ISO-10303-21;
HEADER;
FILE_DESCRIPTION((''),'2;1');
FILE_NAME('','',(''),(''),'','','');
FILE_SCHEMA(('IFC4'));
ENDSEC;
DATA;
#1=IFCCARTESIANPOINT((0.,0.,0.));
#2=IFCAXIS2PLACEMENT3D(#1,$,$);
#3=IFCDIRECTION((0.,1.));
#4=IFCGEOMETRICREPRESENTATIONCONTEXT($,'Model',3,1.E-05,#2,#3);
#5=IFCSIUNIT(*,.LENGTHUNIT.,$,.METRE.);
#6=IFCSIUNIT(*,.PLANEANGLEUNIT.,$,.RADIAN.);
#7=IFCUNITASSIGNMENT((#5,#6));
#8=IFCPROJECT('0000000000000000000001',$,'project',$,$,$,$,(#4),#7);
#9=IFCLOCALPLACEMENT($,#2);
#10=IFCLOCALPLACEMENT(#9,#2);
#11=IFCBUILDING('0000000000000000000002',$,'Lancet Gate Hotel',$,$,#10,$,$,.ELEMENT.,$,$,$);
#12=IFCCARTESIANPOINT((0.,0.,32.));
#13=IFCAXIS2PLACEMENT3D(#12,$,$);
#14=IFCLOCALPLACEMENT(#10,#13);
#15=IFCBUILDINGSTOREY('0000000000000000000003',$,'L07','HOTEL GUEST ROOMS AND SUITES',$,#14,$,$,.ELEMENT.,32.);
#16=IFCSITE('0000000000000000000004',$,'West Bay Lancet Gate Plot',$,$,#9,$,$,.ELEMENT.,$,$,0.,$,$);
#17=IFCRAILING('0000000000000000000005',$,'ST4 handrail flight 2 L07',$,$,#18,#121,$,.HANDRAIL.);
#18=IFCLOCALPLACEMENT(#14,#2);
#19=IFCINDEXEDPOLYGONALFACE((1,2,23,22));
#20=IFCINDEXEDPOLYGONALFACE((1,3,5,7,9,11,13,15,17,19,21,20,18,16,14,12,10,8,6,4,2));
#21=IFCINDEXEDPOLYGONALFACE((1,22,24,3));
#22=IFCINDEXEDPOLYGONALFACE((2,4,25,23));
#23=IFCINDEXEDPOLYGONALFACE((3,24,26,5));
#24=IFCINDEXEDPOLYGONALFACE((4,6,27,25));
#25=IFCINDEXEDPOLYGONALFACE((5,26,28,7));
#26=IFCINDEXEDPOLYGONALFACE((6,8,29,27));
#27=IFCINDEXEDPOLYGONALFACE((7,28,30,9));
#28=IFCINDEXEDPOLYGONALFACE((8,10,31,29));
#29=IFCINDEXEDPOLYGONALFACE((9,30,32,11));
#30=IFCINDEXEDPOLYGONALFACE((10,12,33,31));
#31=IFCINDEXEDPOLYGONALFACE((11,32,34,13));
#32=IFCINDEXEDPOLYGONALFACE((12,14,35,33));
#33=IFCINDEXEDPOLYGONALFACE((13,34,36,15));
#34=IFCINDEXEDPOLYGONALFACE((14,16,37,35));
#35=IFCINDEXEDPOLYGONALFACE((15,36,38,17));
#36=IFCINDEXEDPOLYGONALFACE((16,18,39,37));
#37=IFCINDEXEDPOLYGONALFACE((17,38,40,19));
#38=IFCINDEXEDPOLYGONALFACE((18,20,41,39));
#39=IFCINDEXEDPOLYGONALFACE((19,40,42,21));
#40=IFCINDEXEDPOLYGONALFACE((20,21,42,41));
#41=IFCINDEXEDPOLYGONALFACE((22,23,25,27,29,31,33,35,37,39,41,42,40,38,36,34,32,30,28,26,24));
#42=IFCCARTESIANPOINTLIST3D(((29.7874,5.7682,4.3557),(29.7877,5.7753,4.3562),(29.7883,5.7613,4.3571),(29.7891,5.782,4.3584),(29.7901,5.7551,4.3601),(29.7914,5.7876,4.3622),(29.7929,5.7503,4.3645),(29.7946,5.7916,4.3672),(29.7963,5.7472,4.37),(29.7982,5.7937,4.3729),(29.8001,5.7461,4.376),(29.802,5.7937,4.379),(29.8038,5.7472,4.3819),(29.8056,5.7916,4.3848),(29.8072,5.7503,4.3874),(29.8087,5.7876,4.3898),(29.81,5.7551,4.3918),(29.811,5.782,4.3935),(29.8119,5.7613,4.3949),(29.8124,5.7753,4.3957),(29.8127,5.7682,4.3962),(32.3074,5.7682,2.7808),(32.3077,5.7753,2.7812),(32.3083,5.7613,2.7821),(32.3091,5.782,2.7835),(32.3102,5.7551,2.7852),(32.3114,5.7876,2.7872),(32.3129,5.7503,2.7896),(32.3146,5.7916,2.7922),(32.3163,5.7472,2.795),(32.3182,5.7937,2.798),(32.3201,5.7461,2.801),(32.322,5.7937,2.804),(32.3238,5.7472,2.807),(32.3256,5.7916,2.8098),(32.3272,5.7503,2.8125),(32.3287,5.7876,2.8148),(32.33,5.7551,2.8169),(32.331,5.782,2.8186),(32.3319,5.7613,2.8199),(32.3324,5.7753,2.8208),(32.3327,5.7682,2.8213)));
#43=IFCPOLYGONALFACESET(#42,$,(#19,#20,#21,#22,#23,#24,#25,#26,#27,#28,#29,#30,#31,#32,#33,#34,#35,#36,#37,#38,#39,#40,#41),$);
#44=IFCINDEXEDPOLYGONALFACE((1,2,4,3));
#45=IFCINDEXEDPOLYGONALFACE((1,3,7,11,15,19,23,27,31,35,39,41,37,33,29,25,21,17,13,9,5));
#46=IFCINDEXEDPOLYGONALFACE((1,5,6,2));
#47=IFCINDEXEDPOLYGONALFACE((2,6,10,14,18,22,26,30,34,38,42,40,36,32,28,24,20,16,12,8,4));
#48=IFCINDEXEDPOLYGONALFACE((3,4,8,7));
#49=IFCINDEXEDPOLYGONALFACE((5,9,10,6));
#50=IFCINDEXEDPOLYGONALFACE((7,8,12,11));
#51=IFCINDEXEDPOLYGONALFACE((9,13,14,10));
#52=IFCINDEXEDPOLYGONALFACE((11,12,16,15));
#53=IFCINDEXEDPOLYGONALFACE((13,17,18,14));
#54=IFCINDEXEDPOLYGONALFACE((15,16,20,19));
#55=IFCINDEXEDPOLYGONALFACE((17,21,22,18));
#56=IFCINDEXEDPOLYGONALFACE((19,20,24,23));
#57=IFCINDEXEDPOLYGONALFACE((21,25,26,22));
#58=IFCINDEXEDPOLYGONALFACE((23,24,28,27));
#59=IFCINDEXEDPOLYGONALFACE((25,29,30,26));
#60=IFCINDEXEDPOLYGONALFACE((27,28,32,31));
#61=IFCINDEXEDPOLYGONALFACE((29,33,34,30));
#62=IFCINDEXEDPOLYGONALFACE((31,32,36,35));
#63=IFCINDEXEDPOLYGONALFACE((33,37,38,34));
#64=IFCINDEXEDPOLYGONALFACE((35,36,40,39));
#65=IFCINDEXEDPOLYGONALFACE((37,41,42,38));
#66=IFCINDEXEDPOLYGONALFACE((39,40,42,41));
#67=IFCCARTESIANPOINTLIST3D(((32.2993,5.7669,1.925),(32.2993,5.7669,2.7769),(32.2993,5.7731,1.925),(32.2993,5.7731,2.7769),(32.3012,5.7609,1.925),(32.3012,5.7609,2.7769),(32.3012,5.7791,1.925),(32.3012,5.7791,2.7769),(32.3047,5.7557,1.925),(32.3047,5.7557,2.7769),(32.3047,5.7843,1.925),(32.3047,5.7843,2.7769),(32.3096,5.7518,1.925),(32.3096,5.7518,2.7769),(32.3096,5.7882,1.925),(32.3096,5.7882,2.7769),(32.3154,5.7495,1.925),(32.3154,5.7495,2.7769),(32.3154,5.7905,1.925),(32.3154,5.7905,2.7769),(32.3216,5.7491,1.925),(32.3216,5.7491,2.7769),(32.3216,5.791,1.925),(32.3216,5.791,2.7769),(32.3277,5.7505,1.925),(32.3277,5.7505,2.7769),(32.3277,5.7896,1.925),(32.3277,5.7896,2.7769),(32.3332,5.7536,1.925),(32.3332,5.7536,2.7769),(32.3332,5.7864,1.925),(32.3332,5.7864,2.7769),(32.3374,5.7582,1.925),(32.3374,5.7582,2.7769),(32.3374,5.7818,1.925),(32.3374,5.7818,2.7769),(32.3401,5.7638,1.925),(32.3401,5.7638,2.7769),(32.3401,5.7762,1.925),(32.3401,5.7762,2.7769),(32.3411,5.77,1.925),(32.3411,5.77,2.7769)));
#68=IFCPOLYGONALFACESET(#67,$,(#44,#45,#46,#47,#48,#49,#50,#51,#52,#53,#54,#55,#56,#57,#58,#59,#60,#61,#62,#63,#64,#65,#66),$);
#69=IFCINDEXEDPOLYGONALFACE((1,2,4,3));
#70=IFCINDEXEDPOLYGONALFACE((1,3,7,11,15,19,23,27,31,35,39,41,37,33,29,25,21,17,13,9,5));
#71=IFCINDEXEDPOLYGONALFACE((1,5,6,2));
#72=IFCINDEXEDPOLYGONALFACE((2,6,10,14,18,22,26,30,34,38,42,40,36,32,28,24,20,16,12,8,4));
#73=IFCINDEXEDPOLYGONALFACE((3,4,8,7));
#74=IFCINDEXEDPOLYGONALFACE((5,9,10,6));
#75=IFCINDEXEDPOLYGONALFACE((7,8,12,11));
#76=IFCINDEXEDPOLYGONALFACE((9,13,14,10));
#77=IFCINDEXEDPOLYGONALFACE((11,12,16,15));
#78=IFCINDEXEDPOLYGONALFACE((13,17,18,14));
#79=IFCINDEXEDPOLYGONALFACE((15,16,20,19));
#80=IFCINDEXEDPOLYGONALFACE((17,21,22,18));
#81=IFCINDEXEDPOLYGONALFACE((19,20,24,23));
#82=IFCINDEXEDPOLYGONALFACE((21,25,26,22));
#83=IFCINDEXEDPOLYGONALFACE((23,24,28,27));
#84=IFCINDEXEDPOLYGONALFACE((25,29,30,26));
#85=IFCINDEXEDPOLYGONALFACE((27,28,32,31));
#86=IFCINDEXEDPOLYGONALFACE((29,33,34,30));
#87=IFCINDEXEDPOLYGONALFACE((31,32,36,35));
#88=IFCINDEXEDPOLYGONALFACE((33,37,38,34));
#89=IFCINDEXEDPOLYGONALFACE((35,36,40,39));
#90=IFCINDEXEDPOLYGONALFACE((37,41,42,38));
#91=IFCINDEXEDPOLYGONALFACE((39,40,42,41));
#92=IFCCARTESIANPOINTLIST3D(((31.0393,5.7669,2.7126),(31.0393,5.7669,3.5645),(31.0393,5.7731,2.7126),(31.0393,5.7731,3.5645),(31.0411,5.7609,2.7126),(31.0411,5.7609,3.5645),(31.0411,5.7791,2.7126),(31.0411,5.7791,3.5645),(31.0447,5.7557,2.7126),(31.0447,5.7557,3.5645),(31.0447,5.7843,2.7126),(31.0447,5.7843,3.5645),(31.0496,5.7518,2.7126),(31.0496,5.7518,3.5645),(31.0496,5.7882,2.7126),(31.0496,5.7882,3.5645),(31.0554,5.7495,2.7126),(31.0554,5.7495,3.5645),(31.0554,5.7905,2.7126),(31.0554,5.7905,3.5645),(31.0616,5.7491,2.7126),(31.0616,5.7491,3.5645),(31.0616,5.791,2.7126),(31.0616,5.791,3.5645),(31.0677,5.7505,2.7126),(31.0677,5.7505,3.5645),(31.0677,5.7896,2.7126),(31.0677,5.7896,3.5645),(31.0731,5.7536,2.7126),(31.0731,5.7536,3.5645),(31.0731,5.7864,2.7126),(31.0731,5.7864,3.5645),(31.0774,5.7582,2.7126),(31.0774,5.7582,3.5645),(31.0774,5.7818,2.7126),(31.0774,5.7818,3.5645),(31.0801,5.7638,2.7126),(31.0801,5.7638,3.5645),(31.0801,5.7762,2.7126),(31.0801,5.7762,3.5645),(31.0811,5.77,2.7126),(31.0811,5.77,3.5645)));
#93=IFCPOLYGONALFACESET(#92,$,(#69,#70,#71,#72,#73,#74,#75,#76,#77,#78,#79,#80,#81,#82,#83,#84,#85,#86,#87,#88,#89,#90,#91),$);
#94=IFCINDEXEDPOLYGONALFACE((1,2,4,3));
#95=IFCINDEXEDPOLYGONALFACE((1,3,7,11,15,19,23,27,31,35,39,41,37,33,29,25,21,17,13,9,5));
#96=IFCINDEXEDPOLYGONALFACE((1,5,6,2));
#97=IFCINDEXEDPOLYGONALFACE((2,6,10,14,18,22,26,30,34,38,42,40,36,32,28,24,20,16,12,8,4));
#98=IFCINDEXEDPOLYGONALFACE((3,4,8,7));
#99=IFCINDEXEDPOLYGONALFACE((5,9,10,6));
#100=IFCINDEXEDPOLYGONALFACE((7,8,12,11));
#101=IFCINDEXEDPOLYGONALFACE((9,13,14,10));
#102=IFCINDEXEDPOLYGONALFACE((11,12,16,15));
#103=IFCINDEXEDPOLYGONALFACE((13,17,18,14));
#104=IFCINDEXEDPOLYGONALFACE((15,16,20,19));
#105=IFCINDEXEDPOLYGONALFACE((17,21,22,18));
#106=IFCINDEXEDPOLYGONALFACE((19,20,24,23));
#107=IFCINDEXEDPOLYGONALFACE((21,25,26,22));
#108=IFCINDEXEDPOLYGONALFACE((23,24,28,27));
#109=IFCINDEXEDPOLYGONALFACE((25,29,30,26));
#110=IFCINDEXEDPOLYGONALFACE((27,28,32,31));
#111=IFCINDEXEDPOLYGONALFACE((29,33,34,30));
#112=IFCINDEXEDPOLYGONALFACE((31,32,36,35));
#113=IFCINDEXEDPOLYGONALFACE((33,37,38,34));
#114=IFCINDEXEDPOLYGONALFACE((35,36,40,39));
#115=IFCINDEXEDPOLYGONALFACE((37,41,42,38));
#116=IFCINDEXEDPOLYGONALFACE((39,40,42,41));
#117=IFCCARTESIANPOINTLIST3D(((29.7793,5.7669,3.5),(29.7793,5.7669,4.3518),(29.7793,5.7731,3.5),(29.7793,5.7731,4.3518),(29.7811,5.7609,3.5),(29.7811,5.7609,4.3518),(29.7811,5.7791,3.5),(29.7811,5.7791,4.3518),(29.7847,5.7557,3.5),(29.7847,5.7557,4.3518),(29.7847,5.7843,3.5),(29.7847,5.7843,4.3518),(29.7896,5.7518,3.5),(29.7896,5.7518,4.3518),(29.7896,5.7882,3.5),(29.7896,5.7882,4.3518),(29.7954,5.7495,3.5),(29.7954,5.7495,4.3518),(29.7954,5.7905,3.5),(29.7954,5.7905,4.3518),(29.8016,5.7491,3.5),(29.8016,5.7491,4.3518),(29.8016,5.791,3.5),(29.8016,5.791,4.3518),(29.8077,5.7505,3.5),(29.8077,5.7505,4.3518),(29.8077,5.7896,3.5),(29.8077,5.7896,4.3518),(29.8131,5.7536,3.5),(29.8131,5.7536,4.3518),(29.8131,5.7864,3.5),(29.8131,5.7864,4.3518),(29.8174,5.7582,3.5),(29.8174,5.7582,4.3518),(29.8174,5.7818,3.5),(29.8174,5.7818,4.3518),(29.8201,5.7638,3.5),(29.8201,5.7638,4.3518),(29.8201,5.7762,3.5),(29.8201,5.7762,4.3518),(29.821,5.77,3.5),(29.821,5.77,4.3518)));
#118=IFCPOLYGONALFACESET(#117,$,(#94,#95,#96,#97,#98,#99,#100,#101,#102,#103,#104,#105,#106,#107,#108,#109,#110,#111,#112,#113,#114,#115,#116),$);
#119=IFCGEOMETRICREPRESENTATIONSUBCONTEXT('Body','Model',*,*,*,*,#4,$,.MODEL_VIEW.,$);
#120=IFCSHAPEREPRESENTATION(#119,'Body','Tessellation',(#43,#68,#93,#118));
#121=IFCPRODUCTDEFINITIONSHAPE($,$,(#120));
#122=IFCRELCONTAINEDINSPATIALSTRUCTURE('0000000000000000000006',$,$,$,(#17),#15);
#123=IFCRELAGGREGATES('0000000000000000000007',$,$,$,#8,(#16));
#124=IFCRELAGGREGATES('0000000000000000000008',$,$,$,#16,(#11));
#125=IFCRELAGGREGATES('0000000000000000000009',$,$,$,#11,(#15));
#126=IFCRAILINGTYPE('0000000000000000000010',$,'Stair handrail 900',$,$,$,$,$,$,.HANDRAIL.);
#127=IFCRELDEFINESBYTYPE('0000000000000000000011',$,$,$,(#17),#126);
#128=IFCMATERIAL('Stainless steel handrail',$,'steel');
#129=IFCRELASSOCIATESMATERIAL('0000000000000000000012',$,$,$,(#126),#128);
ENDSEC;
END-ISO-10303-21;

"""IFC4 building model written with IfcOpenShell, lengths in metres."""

from ifc_helpers import new_model, si_unit, direction, frame, origin, origin_2d, place, context, subcontext, project, spatial, circle, extrude, material, type_object, element, save


model = new_model("IFC4")

# Units and contexts
model_context = context("Model", 3, precision=1e-05, world=origin(), true_north=direction((0.0, 1.0)))
body_context = subcontext(model_context, "Body", "Model", "MODEL_VIEW")
ifc_project = project(units=[si_unit("LENGTHUNIT", "METRE"), si_unit("PLANEANGLEUNIT", "RADIAN")], contexts=[model_context])

# Site, building, storey
site_placement = place(None, origin())
site = spatial("IfcSite", under=ifc_project, at=site_placement, Name="West Bay Lancet Gate Plot", CompositionType="ELEMENT", RefElevation=0.0)
building_placement = place(site_placement, origin())
building = spatial("IfcBuilding", under=site, at=building_placement, Name="Lancet Gate Hotel", CompositionType="ELEMENT")
storey_placement = place(building_placement, frame((0.0, 0.0, 32.0)))
storey = spatial("IfcBuildingStorey", under=building, at=storey_placement, Name="L07", Description="HOTEL GUEST ROOMS AND SUITES", CompositionType="ELEMENT", Elevation=32.0)

# Railing
ifc_material_1 = material(Name="Stainless steel handrail", Category="steel")
railing_type = type_object("IfcRailingType", Name="Stair handrail 900", PredefinedType="HANDRAIL", material=ifc_material_1)
railing_1_placement = place(storey_placement, frame((32.3201, 5.77, 1.925)))
element("IfcRailing", 1, at=railing_1_placement, inside=storey, type_object=railing_type, Name="ST4 handrail flight 2 L07", PredefinedType="HANDRAIL", context=body_context, shape_type="SweptSolid", body=[
    extrude(circle(Radius=0.0239, at=origin_2d()), frame((0.0, 0.0, 0.876), z_axis=(-0.848008, 0.0, 0.529984), x_axis=(0.0, -1.0, 0.0)), (0.0, 0.0, 1.0), 2.9717),
    extrude(circle(Radius=0.021, at=origin_2d()), origin(), (0.0, 0.0, 1.0), 0.8518),
    extrude(circle(Radius=0.021, at=origin_2d()), frame((-1.26, 0.0, 0.7876)), (0.0, 0.0, 1.0), 0.8518),
    extrude(circle(Radius=0.021, at=origin_2d()), frame((-2.52, 0.0, 1.575)), (0.0, 0.0, 1.0), 0.8518),
])

save(model, "model.ifc")
